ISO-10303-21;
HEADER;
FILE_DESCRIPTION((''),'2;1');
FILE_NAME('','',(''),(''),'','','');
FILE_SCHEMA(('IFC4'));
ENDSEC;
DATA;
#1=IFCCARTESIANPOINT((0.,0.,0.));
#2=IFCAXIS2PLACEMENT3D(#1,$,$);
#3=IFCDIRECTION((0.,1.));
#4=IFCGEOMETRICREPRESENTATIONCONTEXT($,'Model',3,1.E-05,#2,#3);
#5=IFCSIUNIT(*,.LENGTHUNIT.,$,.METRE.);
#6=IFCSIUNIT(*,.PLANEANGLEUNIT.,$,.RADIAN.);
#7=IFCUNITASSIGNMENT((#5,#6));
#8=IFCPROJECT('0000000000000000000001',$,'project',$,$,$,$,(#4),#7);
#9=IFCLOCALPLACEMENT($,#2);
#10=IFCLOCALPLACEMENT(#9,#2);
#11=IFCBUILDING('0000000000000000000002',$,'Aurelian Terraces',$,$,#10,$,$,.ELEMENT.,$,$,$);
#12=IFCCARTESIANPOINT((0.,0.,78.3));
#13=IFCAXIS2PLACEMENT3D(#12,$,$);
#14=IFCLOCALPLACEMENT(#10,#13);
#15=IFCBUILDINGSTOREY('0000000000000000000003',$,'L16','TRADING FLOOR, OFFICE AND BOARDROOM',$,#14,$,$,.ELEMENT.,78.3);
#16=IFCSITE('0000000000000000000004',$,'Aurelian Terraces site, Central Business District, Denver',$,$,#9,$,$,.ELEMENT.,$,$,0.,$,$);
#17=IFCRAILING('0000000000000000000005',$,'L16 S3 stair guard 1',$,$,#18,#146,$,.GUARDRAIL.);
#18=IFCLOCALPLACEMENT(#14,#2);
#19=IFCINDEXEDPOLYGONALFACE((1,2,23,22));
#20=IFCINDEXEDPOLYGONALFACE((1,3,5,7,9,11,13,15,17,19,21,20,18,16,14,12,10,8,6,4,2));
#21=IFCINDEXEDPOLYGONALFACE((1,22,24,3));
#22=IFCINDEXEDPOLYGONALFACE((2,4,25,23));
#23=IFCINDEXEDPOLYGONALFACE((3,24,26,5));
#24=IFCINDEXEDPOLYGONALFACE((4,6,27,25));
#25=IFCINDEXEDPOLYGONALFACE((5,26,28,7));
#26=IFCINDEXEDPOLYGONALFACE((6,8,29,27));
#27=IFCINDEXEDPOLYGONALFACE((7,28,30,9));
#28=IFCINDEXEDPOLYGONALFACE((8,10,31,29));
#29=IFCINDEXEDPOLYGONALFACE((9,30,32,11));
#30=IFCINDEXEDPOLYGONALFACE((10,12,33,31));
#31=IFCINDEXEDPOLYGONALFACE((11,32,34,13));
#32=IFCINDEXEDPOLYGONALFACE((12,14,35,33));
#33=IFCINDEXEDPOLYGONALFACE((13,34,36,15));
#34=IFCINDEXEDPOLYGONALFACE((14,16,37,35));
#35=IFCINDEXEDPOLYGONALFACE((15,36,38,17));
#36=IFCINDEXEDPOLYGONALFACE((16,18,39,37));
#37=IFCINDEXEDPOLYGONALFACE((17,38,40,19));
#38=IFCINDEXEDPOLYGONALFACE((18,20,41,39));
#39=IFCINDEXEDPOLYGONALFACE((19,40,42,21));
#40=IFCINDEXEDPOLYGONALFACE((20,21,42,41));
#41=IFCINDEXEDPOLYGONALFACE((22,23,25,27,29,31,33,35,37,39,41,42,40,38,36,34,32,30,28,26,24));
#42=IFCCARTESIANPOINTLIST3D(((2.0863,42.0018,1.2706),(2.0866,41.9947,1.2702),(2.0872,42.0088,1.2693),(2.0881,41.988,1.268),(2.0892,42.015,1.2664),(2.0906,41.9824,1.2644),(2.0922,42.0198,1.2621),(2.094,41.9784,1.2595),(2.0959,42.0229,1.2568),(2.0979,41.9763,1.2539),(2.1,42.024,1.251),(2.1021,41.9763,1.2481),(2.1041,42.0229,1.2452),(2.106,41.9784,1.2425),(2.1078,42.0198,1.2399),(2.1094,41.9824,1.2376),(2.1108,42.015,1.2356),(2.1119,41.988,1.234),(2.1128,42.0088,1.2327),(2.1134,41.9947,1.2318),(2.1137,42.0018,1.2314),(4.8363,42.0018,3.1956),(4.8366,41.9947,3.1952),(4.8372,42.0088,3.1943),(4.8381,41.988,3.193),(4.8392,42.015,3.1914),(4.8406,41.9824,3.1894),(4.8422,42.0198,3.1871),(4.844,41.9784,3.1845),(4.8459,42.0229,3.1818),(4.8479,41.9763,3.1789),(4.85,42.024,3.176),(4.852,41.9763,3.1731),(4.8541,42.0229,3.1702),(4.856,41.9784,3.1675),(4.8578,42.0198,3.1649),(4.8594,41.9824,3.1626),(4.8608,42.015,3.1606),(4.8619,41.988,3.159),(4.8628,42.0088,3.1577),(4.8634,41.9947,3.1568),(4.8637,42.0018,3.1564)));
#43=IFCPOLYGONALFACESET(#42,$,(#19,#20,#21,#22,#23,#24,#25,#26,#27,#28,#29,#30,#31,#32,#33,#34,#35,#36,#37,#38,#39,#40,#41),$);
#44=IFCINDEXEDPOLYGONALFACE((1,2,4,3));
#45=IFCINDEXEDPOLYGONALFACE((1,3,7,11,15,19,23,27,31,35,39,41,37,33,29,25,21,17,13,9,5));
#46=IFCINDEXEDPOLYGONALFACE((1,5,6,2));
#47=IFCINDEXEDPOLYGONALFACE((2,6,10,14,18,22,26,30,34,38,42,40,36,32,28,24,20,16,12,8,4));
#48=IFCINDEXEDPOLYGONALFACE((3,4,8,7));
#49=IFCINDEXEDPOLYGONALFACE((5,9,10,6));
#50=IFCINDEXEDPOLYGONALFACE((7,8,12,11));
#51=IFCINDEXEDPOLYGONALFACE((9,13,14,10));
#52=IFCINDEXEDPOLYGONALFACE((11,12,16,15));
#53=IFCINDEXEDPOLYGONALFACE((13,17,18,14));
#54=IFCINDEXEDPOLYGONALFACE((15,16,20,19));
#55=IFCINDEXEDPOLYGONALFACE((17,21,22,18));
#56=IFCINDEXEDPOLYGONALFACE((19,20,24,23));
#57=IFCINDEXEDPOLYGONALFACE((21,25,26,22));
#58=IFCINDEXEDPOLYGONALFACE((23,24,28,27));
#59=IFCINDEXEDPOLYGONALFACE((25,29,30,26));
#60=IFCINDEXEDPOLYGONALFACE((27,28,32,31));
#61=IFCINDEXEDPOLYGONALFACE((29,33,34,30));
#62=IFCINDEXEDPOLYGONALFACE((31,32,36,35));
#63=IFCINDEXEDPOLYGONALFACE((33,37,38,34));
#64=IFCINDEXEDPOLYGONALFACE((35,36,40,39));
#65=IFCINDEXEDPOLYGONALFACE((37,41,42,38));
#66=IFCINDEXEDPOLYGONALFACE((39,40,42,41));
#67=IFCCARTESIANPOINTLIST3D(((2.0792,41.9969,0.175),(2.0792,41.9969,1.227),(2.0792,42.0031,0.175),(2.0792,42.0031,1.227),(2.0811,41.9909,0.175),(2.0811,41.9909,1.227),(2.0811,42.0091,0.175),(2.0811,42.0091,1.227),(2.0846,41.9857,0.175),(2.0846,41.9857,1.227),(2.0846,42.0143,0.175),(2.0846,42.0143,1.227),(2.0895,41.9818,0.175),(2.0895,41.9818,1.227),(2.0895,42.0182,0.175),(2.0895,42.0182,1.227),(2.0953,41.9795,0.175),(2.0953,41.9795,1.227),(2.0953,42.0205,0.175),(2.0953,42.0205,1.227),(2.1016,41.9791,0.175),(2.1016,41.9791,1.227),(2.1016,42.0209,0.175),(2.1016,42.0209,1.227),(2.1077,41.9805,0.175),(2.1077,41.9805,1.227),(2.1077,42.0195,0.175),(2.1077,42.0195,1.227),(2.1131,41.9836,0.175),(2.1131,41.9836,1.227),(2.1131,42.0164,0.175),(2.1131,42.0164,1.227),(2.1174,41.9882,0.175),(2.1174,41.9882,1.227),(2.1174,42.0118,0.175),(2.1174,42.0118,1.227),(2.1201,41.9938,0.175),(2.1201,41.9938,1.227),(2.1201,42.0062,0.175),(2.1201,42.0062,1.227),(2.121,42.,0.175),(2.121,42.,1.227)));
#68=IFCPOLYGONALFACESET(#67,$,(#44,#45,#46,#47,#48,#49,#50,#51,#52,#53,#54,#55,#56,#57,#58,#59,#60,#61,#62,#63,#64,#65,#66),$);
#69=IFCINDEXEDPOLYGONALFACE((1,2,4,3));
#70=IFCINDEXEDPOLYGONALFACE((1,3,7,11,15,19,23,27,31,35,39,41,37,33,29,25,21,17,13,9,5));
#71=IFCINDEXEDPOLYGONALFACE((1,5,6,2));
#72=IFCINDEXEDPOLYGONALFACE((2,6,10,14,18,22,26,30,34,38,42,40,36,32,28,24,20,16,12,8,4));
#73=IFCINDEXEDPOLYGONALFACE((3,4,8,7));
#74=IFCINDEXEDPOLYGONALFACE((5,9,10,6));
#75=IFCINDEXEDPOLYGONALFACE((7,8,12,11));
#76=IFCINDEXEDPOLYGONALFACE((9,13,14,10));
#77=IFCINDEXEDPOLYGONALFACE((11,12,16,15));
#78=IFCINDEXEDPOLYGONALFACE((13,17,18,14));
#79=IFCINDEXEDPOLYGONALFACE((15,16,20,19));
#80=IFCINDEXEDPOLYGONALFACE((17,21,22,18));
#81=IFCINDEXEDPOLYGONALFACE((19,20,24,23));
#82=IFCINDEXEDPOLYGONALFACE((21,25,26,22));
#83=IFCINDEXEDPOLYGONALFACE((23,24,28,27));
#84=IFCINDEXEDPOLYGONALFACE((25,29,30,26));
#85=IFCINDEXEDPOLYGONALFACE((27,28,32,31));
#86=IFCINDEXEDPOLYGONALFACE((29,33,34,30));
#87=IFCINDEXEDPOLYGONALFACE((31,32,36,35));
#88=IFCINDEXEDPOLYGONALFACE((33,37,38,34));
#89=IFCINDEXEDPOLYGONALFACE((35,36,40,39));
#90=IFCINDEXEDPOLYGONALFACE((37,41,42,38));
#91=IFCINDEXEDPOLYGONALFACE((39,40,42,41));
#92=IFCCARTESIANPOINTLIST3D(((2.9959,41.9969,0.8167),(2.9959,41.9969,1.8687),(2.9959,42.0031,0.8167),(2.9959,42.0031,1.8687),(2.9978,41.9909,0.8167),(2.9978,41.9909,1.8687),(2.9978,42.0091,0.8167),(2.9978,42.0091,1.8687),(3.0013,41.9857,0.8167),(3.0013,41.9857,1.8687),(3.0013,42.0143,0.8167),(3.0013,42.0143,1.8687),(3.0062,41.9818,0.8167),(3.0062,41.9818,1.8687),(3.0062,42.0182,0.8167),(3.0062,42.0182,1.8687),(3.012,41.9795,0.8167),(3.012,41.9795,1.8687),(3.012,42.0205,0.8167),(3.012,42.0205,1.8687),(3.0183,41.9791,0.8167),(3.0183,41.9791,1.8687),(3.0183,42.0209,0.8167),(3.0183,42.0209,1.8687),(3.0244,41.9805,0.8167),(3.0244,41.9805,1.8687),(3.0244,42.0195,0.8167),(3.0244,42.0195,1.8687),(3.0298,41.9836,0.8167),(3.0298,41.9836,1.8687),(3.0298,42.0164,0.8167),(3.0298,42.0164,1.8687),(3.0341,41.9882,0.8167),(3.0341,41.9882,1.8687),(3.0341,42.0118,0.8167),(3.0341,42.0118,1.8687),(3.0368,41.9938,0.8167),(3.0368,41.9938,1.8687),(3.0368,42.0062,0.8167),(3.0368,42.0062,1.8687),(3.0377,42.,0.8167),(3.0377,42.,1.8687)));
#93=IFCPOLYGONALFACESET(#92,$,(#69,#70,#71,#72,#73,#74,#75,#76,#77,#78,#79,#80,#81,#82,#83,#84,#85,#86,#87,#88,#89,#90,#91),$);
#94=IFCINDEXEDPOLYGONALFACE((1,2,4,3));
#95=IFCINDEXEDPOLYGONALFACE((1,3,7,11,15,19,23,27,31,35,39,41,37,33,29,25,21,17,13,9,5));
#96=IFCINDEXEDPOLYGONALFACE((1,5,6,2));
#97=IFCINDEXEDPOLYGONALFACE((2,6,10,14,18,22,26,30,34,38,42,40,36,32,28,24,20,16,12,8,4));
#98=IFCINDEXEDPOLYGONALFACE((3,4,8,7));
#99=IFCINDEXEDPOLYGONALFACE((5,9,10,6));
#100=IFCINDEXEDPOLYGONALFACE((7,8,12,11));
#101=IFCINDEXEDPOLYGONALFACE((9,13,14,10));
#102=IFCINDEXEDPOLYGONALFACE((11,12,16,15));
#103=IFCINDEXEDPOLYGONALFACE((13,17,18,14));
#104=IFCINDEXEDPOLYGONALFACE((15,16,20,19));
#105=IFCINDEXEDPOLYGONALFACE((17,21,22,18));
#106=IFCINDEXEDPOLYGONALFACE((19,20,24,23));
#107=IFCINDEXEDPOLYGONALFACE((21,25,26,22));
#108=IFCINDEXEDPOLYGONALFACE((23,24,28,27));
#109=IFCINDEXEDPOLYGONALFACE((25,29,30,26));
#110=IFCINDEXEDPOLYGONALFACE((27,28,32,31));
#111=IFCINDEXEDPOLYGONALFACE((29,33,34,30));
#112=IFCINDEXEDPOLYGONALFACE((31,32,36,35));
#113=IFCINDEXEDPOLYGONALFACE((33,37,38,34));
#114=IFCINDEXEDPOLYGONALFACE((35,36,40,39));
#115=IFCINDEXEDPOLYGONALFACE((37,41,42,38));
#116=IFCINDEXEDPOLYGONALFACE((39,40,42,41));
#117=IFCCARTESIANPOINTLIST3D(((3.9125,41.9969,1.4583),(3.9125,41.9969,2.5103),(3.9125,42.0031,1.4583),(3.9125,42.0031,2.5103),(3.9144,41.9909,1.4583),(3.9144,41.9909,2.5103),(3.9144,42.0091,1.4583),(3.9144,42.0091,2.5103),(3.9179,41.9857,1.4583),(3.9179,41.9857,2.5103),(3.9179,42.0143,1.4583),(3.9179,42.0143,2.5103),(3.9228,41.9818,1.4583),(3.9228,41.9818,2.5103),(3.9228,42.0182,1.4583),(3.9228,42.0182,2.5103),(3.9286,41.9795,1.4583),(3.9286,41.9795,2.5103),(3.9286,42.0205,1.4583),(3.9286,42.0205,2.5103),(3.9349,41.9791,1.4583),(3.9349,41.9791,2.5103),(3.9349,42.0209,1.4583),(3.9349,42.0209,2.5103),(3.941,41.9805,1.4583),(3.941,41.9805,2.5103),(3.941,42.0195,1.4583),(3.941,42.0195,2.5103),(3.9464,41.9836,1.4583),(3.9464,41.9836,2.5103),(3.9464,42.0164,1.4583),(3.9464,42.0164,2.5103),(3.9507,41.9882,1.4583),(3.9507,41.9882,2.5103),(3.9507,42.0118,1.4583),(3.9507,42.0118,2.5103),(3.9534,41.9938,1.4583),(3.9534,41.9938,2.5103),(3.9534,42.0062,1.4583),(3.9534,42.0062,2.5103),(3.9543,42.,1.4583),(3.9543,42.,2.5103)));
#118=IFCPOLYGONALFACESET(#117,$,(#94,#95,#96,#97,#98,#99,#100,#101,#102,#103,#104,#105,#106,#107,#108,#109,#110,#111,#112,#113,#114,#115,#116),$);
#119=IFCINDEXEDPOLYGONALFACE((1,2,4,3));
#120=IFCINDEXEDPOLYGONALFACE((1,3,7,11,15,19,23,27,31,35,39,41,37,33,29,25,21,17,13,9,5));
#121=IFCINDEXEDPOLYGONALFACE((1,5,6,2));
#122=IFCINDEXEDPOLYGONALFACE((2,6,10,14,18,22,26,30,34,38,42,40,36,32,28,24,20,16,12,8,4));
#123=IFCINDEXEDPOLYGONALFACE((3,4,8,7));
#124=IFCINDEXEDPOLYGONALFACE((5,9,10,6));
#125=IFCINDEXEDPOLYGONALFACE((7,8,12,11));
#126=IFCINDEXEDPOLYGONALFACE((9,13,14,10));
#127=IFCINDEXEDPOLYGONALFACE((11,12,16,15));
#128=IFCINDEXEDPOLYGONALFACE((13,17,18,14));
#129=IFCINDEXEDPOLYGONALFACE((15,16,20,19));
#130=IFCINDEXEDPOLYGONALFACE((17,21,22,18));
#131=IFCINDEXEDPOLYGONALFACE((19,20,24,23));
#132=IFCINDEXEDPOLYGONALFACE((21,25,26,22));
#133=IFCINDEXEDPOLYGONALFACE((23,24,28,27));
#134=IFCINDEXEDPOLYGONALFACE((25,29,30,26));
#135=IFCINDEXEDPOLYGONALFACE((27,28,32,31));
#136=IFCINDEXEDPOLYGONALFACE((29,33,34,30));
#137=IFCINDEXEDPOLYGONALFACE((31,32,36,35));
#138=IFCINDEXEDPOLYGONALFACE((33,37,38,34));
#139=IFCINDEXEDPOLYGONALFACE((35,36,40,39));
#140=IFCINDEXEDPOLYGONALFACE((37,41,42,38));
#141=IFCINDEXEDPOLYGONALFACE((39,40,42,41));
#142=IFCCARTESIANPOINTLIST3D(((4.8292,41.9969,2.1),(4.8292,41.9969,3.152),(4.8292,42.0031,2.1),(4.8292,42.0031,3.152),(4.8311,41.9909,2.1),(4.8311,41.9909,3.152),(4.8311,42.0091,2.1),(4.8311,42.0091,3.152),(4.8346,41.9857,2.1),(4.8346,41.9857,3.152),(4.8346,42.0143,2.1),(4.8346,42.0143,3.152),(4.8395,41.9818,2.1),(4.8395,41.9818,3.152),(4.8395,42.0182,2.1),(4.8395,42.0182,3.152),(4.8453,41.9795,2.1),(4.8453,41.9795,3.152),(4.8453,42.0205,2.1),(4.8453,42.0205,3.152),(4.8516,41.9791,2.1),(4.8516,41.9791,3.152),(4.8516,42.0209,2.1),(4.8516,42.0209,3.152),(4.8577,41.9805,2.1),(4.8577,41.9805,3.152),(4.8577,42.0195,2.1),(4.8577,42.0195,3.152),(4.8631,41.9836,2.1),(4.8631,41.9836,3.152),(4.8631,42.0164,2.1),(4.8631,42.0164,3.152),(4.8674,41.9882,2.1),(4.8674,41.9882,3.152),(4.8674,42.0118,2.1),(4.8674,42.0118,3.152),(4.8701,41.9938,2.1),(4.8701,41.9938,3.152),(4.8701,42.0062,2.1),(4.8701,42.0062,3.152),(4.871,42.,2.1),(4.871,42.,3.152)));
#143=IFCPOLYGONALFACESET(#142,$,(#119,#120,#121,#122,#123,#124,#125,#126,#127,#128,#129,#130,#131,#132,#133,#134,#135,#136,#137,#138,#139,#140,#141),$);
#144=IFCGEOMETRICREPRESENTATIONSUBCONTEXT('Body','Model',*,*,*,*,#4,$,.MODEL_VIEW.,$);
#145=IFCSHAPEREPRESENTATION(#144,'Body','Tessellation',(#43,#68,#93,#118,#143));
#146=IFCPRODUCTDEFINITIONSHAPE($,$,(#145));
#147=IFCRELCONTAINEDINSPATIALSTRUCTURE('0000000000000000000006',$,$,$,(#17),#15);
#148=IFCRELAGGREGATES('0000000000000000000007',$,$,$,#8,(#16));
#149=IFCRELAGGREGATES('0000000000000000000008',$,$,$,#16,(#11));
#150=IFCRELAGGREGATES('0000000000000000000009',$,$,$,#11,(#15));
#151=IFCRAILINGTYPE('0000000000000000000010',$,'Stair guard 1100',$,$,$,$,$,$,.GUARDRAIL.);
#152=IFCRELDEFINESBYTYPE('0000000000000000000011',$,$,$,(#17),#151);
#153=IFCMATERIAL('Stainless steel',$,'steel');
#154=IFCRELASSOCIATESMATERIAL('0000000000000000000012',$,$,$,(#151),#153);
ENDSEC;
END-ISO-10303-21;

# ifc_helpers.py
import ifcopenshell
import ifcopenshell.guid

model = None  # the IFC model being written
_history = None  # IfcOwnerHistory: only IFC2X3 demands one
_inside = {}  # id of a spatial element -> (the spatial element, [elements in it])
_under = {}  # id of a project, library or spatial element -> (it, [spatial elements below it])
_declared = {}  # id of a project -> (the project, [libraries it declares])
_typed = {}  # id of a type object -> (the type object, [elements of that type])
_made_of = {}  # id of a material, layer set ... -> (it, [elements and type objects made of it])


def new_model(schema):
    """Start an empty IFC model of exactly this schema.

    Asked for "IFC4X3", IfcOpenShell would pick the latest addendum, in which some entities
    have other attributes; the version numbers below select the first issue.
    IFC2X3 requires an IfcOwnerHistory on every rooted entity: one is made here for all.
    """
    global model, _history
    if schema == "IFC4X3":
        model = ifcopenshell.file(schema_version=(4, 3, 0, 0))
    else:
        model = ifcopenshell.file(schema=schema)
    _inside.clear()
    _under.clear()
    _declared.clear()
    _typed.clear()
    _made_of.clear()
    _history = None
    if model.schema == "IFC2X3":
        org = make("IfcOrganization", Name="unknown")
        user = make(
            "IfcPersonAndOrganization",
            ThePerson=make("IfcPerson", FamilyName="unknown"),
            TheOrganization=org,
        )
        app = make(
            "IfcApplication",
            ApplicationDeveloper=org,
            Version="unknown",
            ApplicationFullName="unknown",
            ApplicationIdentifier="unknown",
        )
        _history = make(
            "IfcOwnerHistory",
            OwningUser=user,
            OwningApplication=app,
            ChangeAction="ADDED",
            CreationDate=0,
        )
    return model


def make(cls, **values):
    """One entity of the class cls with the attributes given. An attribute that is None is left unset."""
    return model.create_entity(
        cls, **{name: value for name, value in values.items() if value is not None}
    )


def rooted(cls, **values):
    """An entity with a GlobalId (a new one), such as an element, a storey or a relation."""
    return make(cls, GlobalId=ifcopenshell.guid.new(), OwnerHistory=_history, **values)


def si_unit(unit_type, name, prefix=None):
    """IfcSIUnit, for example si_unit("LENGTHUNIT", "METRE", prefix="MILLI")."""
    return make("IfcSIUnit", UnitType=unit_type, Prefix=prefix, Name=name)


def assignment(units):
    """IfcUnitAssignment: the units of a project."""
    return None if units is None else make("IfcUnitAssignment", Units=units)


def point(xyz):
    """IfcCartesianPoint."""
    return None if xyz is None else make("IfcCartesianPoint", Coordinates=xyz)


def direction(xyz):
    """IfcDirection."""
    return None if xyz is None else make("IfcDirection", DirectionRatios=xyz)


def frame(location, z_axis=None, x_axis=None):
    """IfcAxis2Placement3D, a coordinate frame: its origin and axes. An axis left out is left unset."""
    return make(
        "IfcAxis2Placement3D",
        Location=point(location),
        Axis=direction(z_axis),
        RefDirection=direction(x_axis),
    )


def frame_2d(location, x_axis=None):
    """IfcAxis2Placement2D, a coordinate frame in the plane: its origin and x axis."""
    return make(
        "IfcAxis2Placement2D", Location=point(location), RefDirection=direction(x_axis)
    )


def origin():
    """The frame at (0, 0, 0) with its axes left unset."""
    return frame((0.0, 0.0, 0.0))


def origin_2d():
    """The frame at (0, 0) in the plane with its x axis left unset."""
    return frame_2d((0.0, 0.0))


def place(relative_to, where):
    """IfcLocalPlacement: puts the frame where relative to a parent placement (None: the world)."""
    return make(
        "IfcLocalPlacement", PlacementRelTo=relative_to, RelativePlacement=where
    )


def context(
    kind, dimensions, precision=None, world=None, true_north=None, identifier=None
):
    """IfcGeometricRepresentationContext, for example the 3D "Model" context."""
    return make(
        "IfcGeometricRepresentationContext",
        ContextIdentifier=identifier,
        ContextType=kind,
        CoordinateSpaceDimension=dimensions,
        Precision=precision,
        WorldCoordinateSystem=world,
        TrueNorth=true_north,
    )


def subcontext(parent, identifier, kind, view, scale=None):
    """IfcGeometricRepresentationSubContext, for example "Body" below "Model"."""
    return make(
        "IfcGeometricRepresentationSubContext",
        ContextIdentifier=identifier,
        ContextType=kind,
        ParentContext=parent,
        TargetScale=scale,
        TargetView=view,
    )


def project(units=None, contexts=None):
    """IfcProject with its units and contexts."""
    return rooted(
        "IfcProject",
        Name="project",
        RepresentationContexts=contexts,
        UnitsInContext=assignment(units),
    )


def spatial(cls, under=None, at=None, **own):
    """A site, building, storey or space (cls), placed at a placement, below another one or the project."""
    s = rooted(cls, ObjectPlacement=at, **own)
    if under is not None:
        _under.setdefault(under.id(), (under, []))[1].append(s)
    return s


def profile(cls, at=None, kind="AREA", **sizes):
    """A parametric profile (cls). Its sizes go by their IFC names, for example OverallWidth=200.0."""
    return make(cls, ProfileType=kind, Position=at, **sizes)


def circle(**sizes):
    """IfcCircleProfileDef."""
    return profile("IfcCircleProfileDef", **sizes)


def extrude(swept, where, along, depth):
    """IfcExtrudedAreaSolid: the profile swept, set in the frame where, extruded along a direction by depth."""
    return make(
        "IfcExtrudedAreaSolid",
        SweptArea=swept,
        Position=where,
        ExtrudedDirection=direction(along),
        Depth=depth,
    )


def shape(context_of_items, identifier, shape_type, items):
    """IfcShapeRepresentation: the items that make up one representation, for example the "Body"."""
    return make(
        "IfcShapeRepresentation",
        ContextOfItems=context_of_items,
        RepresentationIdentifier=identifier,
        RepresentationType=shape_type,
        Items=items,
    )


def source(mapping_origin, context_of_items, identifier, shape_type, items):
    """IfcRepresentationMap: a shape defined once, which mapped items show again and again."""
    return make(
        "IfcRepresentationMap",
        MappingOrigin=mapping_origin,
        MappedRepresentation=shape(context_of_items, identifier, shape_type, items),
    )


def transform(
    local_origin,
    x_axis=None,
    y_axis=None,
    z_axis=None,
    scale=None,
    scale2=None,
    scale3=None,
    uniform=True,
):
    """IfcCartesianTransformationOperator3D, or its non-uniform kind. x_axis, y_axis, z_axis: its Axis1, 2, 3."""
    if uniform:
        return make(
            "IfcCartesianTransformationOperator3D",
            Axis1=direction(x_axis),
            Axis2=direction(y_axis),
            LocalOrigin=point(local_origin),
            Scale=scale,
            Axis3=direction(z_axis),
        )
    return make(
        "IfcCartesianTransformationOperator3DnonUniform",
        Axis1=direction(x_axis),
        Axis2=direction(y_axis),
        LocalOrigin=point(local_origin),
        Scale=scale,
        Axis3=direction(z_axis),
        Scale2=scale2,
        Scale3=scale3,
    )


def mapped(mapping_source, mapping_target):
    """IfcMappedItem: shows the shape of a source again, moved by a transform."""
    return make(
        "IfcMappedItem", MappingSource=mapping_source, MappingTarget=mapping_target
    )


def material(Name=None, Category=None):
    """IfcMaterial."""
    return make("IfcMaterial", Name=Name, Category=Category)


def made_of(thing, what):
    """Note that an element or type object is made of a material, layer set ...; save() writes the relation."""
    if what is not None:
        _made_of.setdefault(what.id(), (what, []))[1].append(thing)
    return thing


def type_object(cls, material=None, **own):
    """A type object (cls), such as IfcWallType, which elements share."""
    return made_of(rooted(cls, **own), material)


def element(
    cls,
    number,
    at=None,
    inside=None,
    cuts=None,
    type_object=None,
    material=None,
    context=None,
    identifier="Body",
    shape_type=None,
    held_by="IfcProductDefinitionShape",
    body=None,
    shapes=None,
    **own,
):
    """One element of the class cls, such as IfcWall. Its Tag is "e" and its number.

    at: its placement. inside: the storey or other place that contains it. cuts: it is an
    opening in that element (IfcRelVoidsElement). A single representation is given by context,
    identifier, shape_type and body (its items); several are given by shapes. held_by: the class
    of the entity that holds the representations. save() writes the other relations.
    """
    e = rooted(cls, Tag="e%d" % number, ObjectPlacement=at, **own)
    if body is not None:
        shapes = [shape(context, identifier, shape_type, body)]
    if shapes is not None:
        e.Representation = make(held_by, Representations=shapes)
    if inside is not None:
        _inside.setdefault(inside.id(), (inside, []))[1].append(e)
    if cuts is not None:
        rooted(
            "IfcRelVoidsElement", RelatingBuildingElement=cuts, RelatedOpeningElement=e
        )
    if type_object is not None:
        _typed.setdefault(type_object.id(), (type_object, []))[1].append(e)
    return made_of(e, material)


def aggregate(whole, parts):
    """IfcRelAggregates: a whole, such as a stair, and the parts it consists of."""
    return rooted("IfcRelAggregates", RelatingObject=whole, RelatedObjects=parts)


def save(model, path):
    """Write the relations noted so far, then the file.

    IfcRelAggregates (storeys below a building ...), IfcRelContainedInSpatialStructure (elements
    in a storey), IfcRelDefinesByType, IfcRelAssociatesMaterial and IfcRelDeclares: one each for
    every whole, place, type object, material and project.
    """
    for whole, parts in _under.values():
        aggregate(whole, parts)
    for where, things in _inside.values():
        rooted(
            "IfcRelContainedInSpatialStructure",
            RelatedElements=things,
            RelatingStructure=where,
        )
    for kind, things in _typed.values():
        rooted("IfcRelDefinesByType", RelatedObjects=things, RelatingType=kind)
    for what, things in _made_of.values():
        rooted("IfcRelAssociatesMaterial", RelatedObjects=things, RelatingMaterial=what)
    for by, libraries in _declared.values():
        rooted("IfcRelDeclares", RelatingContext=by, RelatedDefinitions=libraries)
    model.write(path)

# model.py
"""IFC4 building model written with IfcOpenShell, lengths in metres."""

from ifc_helpers import new_model, si_unit, direction, frame, origin, origin_2d, place, context, subcontext, project, spatial, circle, extrude, source, transform, mapped, material, type_object, element, save


model = new_model("IFC4")

# Units and contexts
model_context = context("Model", 3, precision=1e-05, world=origin(), true_north=direction((0.0, 1.0)))
body_context = subcontext(model_context, "Body", "Model", "MODEL_VIEW")
ifc_project = project(units=[si_unit("LENGTHUNIT", "METRE"), si_unit("PLANEANGLEUNIT", "RADIAN")], contexts=[model_context])

# Site, building, storey
site_placement = place(None, origin())
site = spatial("IfcSite", under=ifc_project, at=site_placement, Name="Aurelian Terraces site, Central Business District, Denver", CompositionType="ELEMENT", RefElevation=0.0)
building_placement = place(site_placement, origin())
building = spatial("IfcBuilding", under=site, at=building_placement, Name="Aurelian Terraces", CompositionType="ELEMENT")
storey_placement = place(building_placement, frame((0.0, 0.0, 78.3)))
storey = spatial("IfcBuildingStorey", under=building, at=storey_placement, Name="L16", Description="TRADING FLOOR, OFFICE AND BOARDROOM", CompositionType="ELEMENT", Elevation=78.3)

# Railing
ifc_material_1 = material(Name="Stainless steel", Category="steel")
railing_type_1 = type_object("IfcRailingType", Name="Stair guard 1100", PredefinedType="GUARDRAIL", material=ifc_material_1)
shared_shape_1 = source(origin(), body_context, "Body", "SweptSolid", [
    extrude(circle(Radius=0.024, at=origin_2d()), frame((0.0, 0.0, 1.076), z_axis=(0.819232, 0.0, 0.573462), x_axis=(0.0, 1.0, 0.0)), (0.0, 0.0, 1.0), 3.3568),
    extrude(circle(Radius=0.021, at=origin_2d()), origin(), (0.0, 0.0, 1.0), 1.052),
    extrude(circle(Radius=0.021, at=origin_2d()), frame((0.9167, 0.0, 0.6417)), (0.0, 0.0, 1.0), 1.052),
    extrude(circle(Radius=0.021, at=origin_2d()), frame((1.8333, 0.0, 1.2833)), (0.0, 0.0, 1.0), 1.052),
    extrude(circle(Radius=0.021, at=origin_2d()), frame((2.75, 0.0, 1.925)), (0.0, 0.0, 1.0), 1.052),
])
railing_1_placement = place(storey_placement, frame((2.1, 42.0, 0.175)))
element("IfcRailing", 1, at=railing_1_placement, inside=storey, type_object=railing_type_1, Name="L16 S3 stair guard 1", PredefinedType="GUARDRAIL", context=body_context, shape_type="MappedRepresentation", body=[
    mapped(shared_shape_1, transform((0.0, 0.0, 0.0), scale=1.0)),
])

save(model, "model.ifc")
